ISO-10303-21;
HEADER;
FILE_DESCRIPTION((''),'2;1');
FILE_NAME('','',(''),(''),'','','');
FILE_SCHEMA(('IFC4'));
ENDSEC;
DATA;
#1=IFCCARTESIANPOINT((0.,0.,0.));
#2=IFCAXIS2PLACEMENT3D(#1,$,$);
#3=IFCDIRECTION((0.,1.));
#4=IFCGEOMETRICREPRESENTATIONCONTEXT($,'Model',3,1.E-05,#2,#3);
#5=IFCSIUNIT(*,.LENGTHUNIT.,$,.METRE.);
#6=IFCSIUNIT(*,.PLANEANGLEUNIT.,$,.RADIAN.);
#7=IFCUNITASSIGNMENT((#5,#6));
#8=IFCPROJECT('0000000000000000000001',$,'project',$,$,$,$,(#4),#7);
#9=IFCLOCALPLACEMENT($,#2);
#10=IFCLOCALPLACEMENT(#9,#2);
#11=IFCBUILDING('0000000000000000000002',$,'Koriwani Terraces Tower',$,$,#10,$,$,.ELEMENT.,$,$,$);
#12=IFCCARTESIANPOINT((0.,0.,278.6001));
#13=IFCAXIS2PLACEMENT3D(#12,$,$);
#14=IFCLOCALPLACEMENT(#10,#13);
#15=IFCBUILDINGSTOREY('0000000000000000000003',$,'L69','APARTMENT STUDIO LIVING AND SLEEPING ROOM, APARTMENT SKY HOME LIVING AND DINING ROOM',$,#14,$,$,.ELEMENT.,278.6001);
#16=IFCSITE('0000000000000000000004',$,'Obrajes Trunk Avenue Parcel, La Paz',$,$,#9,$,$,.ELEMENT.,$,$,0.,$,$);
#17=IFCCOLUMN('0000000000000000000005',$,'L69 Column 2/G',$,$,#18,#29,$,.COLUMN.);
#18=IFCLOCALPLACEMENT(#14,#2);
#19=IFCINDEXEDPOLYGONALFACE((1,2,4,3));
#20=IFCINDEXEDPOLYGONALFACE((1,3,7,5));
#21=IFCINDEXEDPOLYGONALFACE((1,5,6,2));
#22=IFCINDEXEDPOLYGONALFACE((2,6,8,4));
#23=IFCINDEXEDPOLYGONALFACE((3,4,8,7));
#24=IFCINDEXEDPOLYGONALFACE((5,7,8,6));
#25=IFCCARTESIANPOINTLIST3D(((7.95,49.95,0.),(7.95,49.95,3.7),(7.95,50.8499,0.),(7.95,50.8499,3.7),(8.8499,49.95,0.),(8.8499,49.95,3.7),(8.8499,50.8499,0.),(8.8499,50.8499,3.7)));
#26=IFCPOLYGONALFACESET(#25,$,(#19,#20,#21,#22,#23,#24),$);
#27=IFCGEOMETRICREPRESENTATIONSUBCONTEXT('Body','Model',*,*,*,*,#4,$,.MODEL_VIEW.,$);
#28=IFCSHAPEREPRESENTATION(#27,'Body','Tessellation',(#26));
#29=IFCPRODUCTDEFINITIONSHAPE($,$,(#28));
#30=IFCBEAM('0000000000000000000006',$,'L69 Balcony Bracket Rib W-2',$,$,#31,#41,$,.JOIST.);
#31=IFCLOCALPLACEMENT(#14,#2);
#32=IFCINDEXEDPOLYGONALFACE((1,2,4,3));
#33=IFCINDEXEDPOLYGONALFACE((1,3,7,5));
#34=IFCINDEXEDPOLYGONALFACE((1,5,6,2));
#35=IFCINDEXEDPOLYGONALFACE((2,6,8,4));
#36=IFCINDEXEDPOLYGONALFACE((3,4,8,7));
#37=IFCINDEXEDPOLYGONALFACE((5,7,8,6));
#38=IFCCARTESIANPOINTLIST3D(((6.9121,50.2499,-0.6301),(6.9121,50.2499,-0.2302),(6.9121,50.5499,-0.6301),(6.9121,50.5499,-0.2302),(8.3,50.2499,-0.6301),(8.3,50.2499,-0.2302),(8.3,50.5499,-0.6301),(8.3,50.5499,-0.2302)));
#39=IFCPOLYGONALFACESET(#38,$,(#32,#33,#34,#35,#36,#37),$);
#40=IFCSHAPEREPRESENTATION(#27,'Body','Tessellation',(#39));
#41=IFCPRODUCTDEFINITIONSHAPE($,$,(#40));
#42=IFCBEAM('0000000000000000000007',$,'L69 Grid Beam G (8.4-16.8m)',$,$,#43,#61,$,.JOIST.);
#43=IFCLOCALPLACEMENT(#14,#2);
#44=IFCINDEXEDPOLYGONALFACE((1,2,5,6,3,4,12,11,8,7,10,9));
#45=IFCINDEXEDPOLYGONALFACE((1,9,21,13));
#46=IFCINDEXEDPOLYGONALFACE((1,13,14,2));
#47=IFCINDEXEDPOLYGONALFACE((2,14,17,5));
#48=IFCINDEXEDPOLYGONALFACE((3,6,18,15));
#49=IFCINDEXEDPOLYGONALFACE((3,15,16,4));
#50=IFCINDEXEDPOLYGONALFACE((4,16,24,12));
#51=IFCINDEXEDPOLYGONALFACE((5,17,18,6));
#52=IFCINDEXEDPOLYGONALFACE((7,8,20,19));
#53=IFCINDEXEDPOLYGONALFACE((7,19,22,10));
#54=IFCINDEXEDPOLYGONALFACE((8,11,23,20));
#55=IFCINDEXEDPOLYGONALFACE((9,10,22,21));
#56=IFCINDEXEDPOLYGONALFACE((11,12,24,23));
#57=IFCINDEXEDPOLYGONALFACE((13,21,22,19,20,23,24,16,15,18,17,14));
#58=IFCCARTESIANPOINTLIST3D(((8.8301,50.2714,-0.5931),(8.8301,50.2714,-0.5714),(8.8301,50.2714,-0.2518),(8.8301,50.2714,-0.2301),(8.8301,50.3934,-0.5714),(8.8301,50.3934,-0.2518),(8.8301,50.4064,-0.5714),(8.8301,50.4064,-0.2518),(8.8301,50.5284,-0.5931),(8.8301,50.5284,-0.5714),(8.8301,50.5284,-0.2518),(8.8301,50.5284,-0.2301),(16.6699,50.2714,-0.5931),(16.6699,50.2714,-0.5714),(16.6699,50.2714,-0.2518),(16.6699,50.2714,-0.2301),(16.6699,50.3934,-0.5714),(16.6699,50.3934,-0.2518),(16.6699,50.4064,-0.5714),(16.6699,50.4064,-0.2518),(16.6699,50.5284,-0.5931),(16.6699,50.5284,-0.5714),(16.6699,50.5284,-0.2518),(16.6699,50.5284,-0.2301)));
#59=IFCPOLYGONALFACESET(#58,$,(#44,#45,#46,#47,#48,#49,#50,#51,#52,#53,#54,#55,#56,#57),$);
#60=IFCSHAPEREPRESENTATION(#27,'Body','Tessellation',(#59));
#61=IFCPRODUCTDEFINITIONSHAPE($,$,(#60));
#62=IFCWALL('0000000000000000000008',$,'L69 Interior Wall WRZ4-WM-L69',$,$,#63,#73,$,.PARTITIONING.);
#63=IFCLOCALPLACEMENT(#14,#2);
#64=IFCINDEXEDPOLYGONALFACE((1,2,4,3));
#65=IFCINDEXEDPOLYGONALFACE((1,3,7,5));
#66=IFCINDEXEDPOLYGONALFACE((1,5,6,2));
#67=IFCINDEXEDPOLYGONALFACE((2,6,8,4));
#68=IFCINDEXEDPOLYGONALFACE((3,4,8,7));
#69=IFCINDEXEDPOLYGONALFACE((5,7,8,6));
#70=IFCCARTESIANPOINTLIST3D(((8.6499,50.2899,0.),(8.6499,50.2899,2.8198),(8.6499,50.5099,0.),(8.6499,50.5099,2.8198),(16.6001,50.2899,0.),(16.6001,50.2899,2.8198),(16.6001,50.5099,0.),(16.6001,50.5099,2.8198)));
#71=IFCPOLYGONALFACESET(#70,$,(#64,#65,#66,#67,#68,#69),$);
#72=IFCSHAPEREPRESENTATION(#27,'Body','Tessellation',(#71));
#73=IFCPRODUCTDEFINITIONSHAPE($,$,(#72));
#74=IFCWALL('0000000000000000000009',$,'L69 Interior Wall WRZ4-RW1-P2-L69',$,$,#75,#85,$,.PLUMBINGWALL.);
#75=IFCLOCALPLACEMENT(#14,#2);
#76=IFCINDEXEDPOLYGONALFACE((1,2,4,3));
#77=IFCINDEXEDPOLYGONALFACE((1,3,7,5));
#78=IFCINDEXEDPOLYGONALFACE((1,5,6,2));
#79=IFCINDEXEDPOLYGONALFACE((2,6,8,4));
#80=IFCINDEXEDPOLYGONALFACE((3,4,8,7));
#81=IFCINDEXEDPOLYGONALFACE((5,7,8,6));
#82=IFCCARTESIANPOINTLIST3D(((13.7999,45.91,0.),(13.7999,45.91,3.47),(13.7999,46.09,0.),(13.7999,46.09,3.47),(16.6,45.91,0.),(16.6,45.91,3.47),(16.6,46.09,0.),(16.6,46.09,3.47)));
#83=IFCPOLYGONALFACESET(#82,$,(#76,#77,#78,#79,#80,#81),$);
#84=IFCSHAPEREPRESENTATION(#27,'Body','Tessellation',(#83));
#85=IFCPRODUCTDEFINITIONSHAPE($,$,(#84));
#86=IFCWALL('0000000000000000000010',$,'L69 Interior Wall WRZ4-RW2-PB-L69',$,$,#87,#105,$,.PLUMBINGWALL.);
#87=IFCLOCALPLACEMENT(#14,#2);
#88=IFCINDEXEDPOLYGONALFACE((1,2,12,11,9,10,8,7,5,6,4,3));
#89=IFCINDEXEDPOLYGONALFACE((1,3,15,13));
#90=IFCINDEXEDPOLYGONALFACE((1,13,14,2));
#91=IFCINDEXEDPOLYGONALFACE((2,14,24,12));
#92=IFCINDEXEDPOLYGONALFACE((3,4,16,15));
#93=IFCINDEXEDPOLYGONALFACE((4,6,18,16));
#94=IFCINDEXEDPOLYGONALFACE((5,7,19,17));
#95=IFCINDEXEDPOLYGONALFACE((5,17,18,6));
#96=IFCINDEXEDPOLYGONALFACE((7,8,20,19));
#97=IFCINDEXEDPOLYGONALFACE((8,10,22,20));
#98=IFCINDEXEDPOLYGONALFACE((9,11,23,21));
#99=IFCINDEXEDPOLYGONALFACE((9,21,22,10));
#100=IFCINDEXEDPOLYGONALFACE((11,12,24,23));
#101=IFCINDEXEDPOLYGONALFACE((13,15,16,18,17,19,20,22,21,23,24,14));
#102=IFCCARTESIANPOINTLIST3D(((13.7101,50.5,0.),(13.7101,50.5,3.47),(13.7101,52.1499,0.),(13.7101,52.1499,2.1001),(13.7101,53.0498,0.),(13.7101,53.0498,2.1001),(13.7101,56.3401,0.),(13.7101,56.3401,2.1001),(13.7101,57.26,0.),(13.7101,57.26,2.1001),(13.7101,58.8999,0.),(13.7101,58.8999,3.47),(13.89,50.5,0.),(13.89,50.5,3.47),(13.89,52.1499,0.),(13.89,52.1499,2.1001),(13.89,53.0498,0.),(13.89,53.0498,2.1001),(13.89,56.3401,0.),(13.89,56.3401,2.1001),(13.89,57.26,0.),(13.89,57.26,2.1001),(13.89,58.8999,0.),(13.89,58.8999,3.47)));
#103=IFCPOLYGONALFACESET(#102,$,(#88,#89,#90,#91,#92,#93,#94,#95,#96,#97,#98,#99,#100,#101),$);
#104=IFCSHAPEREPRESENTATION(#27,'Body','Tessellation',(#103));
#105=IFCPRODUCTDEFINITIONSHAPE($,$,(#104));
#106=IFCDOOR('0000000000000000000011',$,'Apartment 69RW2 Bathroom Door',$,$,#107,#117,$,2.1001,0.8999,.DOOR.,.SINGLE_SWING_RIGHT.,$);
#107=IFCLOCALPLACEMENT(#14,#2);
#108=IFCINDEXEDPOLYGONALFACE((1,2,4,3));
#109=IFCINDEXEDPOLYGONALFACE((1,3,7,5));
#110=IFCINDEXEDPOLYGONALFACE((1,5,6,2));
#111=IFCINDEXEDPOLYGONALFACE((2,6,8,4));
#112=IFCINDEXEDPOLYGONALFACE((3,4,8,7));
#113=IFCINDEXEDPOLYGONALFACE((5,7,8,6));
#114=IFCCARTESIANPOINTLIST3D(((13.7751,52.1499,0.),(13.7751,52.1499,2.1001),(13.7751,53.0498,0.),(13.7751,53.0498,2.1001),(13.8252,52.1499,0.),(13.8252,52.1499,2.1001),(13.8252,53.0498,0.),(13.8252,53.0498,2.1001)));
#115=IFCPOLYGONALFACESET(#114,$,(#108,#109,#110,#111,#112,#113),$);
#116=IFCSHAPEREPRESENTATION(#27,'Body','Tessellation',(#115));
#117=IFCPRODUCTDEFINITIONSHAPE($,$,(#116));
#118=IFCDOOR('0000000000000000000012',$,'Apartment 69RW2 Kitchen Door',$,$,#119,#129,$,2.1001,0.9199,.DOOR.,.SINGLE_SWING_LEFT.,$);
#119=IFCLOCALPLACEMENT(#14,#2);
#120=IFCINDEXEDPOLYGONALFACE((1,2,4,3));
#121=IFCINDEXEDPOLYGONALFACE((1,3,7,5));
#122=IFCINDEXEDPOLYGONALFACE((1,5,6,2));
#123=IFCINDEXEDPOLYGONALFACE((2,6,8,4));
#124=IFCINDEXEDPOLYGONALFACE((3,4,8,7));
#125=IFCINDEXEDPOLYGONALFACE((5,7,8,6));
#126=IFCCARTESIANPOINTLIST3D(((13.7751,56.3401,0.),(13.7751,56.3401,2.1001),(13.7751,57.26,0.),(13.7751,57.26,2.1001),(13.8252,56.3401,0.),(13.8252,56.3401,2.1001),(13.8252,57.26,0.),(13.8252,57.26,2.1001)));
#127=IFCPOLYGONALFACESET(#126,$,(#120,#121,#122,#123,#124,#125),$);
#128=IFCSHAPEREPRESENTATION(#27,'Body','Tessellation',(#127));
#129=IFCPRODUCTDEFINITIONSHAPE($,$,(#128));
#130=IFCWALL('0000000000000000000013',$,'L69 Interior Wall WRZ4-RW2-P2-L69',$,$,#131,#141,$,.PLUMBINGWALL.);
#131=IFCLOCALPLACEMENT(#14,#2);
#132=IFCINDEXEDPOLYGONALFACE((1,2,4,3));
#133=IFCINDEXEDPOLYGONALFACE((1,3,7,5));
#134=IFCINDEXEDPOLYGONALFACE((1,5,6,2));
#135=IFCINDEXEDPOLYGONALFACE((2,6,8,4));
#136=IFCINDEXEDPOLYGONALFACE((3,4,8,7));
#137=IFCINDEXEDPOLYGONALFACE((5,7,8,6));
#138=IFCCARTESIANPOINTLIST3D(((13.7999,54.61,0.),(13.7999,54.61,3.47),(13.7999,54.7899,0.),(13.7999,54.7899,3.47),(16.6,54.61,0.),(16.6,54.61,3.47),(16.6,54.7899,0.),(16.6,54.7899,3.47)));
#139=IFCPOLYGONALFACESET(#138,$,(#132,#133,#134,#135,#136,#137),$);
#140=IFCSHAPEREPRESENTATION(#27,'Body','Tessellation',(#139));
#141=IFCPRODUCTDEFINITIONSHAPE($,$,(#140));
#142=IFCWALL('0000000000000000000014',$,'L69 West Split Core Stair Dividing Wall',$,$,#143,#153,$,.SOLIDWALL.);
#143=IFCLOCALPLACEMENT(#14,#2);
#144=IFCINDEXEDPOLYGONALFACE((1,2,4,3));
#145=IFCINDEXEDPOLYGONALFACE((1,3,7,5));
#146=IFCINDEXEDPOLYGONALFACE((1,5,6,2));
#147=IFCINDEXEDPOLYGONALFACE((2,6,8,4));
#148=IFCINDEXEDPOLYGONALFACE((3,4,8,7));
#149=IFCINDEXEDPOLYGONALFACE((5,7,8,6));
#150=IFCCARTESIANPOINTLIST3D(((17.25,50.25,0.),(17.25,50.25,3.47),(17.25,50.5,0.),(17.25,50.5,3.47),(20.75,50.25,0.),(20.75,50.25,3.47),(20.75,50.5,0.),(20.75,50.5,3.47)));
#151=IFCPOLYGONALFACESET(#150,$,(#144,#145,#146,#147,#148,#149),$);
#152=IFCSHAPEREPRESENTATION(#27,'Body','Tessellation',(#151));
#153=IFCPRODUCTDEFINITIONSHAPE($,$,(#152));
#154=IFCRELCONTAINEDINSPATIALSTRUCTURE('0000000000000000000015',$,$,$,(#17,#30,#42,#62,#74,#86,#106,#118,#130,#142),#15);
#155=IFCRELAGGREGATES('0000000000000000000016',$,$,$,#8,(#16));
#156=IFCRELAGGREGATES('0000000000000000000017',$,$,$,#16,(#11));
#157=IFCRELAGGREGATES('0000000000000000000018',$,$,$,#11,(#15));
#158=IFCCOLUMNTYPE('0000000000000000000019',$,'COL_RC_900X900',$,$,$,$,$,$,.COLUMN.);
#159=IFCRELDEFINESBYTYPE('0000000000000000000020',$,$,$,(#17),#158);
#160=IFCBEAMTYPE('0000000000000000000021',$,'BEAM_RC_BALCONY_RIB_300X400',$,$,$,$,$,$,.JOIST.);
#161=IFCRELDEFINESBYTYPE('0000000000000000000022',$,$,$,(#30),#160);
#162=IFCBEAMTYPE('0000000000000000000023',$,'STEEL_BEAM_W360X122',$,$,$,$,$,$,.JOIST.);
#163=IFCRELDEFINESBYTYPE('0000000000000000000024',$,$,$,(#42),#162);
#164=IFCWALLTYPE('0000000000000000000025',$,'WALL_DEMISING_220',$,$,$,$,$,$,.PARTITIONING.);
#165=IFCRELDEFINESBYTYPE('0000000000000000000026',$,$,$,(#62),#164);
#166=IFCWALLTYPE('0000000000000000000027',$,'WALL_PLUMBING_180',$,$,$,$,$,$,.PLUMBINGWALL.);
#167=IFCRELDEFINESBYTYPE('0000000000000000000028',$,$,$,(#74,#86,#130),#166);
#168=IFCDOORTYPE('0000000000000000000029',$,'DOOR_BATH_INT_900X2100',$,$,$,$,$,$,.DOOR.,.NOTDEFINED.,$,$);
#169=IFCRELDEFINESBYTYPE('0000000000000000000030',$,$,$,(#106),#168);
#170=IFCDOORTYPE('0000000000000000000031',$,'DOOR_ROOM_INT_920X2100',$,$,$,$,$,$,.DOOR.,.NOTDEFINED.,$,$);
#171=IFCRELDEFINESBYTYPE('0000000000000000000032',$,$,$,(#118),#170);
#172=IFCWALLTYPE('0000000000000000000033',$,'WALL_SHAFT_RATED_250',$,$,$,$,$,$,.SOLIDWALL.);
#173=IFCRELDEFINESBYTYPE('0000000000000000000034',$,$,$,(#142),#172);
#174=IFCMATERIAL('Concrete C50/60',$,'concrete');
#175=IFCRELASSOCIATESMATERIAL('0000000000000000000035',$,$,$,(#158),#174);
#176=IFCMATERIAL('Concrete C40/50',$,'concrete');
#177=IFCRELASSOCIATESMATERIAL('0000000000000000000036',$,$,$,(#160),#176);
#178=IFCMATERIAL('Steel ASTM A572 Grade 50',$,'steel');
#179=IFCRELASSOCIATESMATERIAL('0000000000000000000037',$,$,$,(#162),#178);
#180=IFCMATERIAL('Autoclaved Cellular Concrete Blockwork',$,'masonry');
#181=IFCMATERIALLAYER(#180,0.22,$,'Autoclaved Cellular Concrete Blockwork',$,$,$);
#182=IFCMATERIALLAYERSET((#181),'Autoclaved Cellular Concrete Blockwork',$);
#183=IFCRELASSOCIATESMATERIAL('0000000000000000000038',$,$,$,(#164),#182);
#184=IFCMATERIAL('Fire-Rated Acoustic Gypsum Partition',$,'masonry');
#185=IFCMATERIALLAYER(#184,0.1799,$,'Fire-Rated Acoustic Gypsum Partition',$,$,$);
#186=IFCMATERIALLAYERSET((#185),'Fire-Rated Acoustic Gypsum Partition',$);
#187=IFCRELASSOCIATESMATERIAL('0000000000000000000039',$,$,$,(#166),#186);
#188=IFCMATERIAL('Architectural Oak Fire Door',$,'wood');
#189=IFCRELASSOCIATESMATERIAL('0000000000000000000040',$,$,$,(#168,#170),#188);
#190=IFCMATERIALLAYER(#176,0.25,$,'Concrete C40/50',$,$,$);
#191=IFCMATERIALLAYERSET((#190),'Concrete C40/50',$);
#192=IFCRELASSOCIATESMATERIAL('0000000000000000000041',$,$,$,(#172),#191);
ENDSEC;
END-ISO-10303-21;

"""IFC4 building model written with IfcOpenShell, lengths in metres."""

from ifc_helpers import new_model, si_unit, direction, frame, frame_2d, origin, origin_2d, place, context, subcontext, project, spatial, rectangle, i_section, extrude, material, layer, layer_set, material_profile, profile_set, type_object, element, fill, save


model = new_model("IFC4")

# Units and contexts
model_context = context("Model", 3, precision=1e-05, world=origin(), true_north=direction((0.0, 1.0)))
body_context = subcontext(model_context, "Body", "Model", "MODEL_VIEW")
ifc_project = project(units=[si_unit("LENGTHUNIT", "METRE"), si_unit("PLANEANGLEUNIT", "RADIAN")], contexts=[model_context])

# Site, building, storey
site_placement = place(None, origin())
site = spatial("IfcSite", under=ifc_project, at=site_placement, Name="Obrajes Trunk Avenue Parcel, La Paz", CompositionType="ELEMENT", RefElevation=0.0)
building_placement = place(site_placement, origin())
building = spatial("IfcBuilding", under=site, at=building_placement, Name="Koriwani Terraces Tower", CompositionType="ELEMENT")
storey_placement = place(building_placement, frame((0.0, 0.0, 278.6001)))
storey = spatial("IfcBuildingStorey", under=building, at=storey_placement, Name="L69", Description="APARTMENT STUDIO LIVING AND SLEEPING ROOM, APARTMENT SKY HOME LIVING AND DINING ROOM", CompositionType="ELEMENT", Elevation=278.6001)

# Column
ifc_material_1 = material(Name="Concrete C50/60", Category="concrete")
ifc_material_profile_1 = material_profile(ifc_material_1, rectangle(XDim=0.8999, YDim=0.8999, at=origin_2d()), Name="Concrete C50/60", Category="LoadBearing")
ifc_profile_set_1 = profile_set([ifc_material_profile_1], Name="Concrete C50/60")
column_type = type_object("IfcColumnType", Name="COL_RC_900X900", PredefinedType="COLUMN", material=ifc_profile_set_1)
column_placement = place(storey_placement, frame((8.3999, 50.3999, 0.0), z_axis=(0.0, 0.0, 1.0), x_axis=(1.0, 0.0, 0.0)))
element("IfcColumn", 1, at=column_placement, inside=storey, type_object=column_type, Name="L69 Column 2/G", PredefinedType="COLUMN", context=body_context, shape_type="SweptSolid", body=[
    extrude(rectangle(XDim=0.8999, YDim=0.8999, at=origin_2d()), origin(), (0.0, 0.0, 1.0), 3.7),
])

# Beams
ifc_material_2 = material(Name="Concrete C40/50", Category="concrete")
ifc_material_profile_2 = material_profile(ifc_material_2, rectangle(XDim=0.3, YDim=0.3999, at=origin_2d()), Name="Concrete C40/50", Category="LoadBearing")
ifc_profile_set_2 = profile_set([ifc_material_profile_2], Name="Concrete C40/50")
beam_type_1 = type_object("IfcBeamType", Name="BEAM_RC_BALCONY_RIB_300X400", PredefinedType="JOIST", material=ifc_profile_set_2)
beam_1_placement = place(storey_placement, frame((6.9121, 50.3999, -0.4302), z_axis=(1.0, 0.0, 0.0), x_axis=(0.0, 1.0, 0.0)))
element("IfcBeam", 2, at=beam_1_placement, inside=storey, type_object=beam_type_1, Name="L69 Balcony Bracket Rib W-2", PredefinedType="JOIST", context=body_context, shape_type="SweptSolid", body=[
    extrude(rectangle(XDim=0.3, YDim=0.3999, at=origin_2d()), origin(), (0.0, 0.0, 1.0), 1.3879),
])
ifc_material_3 = material(Name="Steel ASTM A572 Grade 50", Category="steel")
ifc_material_profile_3 = material_profile(ifc_material_3, i_section(OverallWidth=0.2571, OverallDepth=0.363, WebThickness=0.0129, FlangeThickness=0.0217, at=origin_2d()), Name="Steel ASTM A572 Grade 50", Category="LoadBearing")
ifc_profile_set_3 = profile_set([ifc_material_profile_3], Name="Steel ASTM A572 Grade 50")
beam_type_2 = type_object("IfcBeamType", Name="STEEL_BEAM_W360X122", PredefinedType="JOIST", material=ifc_profile_set_3)
beam_2_placement = place(storey_placement, frame((8.8301, 50.3999, -0.4116), z_axis=(1.0, 0.0, 0.0), x_axis=(0.0, 1.0, 0.0)))
element("IfcBeam", 3, at=beam_2_placement, inside=storey, type_object=beam_type_2, Name="L69 Grid Beam G (8.4-16.8m)", PredefinedType="JOIST", context=body_context, shape_type="SweptSolid", body=[
    extrude(i_section(OverallWidth=0.2571, OverallDepth=0.363, WebThickness=0.0129, FlangeThickness=0.0217, at=origin_2d()), origin(), (0.0, 0.0, 1.0), 7.8398),
])

# Walls
ifc_material_4 = material(Name="Autoclaved Cellular Concrete Blockwork", Category="masonry")
ifc_layer_1 = layer(ifc_material_4, 0.22, Name="Autoclaved Cellular Concrete Blockwork")
ifc_layer_set_1 = layer_set([ifc_layer_1], Name="Autoclaved Cellular Concrete Blockwork")
wall_type_1 = type_object("IfcWallType", Name="WALL_DEMISING_220", PredefinedType="PARTITIONING", material=ifc_layer_set_1)
wall_1_placement = place(storey_placement, frame((8.6499, 50.3999, 0.0), z_axis=(0.0, 0.0, 1.0), x_axis=(1.0, 0.0, 0.0)))
element("IfcWall", 4, at=wall_1_placement, inside=storey, type_object=wall_type_1, Name="L69 Interior Wall WRZ4-WM-L69", PredefinedType="PARTITIONING", context=body_context, shape_type="SweptSolid", body=[
    extrude(rectangle(XDim=7.9502, YDim=0.22, at=frame_2d((3.9751, 0.0))), origin(), (0.0, 0.0, 1.0), 2.8198),
])
ifc_material_5 = material(Name="Fire-Rated Acoustic Gypsum Partition", Category="masonry")
ifc_layer_2 = layer(ifc_material_5, 0.1799, Name="Fire-Rated Acoustic Gypsum Partition")
ifc_layer_set_2 = layer_set([ifc_layer_2], Name="Fire-Rated Acoustic Gypsum Partition")
wall_type_2 = type_object("IfcWallType", Name="WALL_PLUMBING_180", PredefinedType="PLUMBINGWALL", material=ifc_layer_set_2)
wall_2_placement = place(storey_placement, frame((13.8, 46.0, 0.0), z_axis=(0.0, 0.0, 1.0), x_axis=(1.0, 0.0, 0.0)))
element("IfcWall", 5, at=wall_2_placement, inside=storey, type_object=wall_type_2, Name="L69 Interior Wall WRZ4-RW1-P2-L69", PredefinedType="PLUMBINGWALL", context=body_context, shape_type="SweptSolid", body=[
    extrude(rectangle(XDim=2.8, YDim=0.1799, at=frame_2d((1.3999, 0.0))), origin(), (0.0, 0.0, 1.0), 3.47),
])

# Wall, openings, doors
wall_3_placement = place(storey_placement, frame((13.8, 50.5, 0.0), z_axis=(0.0, 0.0, 1.0), x_axis=(0.0, 1.0, 0.0)))
wall_3 = element("IfcWall", 6, at=wall_3_placement, inside=storey, type_object=wall_type_2, Name="L69 Interior Wall WRZ4-RW2-PB-L69", PredefinedType="PLUMBINGWALL", context=body_context, shape_type="SweptSolid", body=[
    extrude(rectangle(XDim=8.3999, YDim=0.1799, at=frame_2d((4.2, 0.0))), origin(), (0.0, 0.0, 1.0), 3.47),
])
opening_1_placement = place(wall_3_placement, frame((1.6499, 0.0, 0.0)))
opening_1 = element("IfcOpeningElement", 7, at=opening_1_placement, cuts=wall_3, PredefinedType="OPENING", context=body_context, shape_type="SweptSolid", body=[
    extrude(rectangle(XDim=0.8999, YDim=2.1001, at=frame_2d((0.45, 1.05))), frame((0.0, 0.1001, 0.0), z_axis=(0.0, -1.0, 0.0), x_axis=(1.0, 0.0, 0.0)), (0.0, 0.0, 1.0), 0.2),
])
opening_2_placement = place(wall_3_placement, frame((5.8401, 0.0, 0.0)))
opening_2 = element("IfcOpeningElement", 8, at=opening_2_placement, cuts=wall_3, PredefinedType="OPENING", context=body_context, shape_type="SweptSolid", body=[
    extrude(rectangle(XDim=0.9199, YDim=2.1001, at=frame_2d((0.46, 1.05))), frame((0.0, 0.1001, 0.0), z_axis=(0.0, -1.0, 0.0), x_axis=(1.0, 0.0, 0.0)), (0.0, 0.0, 1.0), 0.2),
])
ifc_material_6 = material(Name="Architectural Oak Fire Door", Category="wood")
door_type_1 = type_object("IfcDoorType", Name="DOOR_BATH_INT_900X2100", OperationType="NOTDEFINED", PredefinedType="DOOR", material=ifc_material_6)
door_1_placement = place(opening_1_placement, origin())
door_1 = element("IfcDoor", 9, at=door_1_placement, inside=storey, type_object=door_type_1, Name="Apartment 69RW2 Bathroom Door", OperationType="SINGLE_SWING_RIGHT", OverallHeight=2.1001, OverallWidth=0.8999, PredefinedType="DOOR", context=body_context, shape_type="SweptSolid", body=[
    extrude(rectangle(XDim=0.8999, YDim=2.1001, at=frame_2d((0.45, 1.05))), frame((0.0, 0.0249, 0.0), z_axis=(0.0, -1.0, 0.0), x_axis=(1.0, 0.0, 0.0)), (0.0, 0.0, 1.0), 0.05),
])
fill(opening_1, door_1)
door_type_2 = type_object("IfcDoorType", Name="DOOR_ROOM_INT_920X2100", OperationType="NOTDEFINED", PredefinedType="DOOR", material=ifc_material_6)
door_2_placement = place(opening_2_placement, origin())
door_2 = element("IfcDoor", 10, at=door_2_placement, inside=storey, type_object=door_type_2, Name="Apartment 69RW2 Kitchen Door", OperationType="SINGLE_SWING_LEFT", OverallHeight=2.1001, OverallWidth=0.9199, PredefinedType="DOOR", context=body_context, shape_type="SweptSolid", body=[
    extrude(rectangle(XDim=0.9199, YDim=2.1001, at=frame_2d((0.46, 1.05))), frame((0.0, 0.0249, 0.0), z_axis=(0.0, -1.0, 0.0), x_axis=(1.0, 0.0, 0.0)), (0.0, 0.0, 1.0), 0.05),
])
fill(opening_2, door_2)

# Walls
wall_4_placement = place(storey_placement, frame((13.8, 54.7, 0.0), z_axis=(0.0, 0.0, 1.0), x_axis=(1.0, 0.0, 0.0)))
element("IfcWall", 11, at=wall_4_placement, inside=storey, type_object=wall_type_2, Name="L69 Interior Wall WRZ4-RW2-P2-L69", PredefinedType="PLUMBINGWALL", context=body_context, shape_type="SweptSolid", body=[
    extrude(rectangle(XDim=2.8, YDim=0.1799, at=frame_2d((1.3999, 0.0))), origin(), (0.0, 0.0, 1.0), 3.47),
])
ifc_layer_3 = layer(ifc_material_2, 0.25, Name="Concrete C40/50")
ifc_layer_set_3 = layer_set([ifc_layer_3], Name="Concrete C40/50")
wall_type_3 = type_object("IfcWallType", Name="WALL_SHAFT_RATED_250", PredefinedType="SOLIDWALL", material=ifc_layer_set_3)
wall_5_placement = place(storey_placement, frame((17.25, 50.375, 0.0), z_axis=(0.0, 0.0, 1.0), x_axis=(1.0, 0.0, 0.0)))
element("IfcWall", 12, at=wall_5_placement, inside=storey, type_object=wall_type_3, Name="L69 West Split Core Stair Dividing Wall", PredefinedType="SOLIDWALL", context=body_context, shape_type="SweptSolid", body=[
    extrude(rectangle(XDim=3.5, YDim=0.25, at=frame_2d((1.75, 0.0))), origin(), (0.0, 0.0, 1.0), 3.47),
])

save(model, "model.ifc")
